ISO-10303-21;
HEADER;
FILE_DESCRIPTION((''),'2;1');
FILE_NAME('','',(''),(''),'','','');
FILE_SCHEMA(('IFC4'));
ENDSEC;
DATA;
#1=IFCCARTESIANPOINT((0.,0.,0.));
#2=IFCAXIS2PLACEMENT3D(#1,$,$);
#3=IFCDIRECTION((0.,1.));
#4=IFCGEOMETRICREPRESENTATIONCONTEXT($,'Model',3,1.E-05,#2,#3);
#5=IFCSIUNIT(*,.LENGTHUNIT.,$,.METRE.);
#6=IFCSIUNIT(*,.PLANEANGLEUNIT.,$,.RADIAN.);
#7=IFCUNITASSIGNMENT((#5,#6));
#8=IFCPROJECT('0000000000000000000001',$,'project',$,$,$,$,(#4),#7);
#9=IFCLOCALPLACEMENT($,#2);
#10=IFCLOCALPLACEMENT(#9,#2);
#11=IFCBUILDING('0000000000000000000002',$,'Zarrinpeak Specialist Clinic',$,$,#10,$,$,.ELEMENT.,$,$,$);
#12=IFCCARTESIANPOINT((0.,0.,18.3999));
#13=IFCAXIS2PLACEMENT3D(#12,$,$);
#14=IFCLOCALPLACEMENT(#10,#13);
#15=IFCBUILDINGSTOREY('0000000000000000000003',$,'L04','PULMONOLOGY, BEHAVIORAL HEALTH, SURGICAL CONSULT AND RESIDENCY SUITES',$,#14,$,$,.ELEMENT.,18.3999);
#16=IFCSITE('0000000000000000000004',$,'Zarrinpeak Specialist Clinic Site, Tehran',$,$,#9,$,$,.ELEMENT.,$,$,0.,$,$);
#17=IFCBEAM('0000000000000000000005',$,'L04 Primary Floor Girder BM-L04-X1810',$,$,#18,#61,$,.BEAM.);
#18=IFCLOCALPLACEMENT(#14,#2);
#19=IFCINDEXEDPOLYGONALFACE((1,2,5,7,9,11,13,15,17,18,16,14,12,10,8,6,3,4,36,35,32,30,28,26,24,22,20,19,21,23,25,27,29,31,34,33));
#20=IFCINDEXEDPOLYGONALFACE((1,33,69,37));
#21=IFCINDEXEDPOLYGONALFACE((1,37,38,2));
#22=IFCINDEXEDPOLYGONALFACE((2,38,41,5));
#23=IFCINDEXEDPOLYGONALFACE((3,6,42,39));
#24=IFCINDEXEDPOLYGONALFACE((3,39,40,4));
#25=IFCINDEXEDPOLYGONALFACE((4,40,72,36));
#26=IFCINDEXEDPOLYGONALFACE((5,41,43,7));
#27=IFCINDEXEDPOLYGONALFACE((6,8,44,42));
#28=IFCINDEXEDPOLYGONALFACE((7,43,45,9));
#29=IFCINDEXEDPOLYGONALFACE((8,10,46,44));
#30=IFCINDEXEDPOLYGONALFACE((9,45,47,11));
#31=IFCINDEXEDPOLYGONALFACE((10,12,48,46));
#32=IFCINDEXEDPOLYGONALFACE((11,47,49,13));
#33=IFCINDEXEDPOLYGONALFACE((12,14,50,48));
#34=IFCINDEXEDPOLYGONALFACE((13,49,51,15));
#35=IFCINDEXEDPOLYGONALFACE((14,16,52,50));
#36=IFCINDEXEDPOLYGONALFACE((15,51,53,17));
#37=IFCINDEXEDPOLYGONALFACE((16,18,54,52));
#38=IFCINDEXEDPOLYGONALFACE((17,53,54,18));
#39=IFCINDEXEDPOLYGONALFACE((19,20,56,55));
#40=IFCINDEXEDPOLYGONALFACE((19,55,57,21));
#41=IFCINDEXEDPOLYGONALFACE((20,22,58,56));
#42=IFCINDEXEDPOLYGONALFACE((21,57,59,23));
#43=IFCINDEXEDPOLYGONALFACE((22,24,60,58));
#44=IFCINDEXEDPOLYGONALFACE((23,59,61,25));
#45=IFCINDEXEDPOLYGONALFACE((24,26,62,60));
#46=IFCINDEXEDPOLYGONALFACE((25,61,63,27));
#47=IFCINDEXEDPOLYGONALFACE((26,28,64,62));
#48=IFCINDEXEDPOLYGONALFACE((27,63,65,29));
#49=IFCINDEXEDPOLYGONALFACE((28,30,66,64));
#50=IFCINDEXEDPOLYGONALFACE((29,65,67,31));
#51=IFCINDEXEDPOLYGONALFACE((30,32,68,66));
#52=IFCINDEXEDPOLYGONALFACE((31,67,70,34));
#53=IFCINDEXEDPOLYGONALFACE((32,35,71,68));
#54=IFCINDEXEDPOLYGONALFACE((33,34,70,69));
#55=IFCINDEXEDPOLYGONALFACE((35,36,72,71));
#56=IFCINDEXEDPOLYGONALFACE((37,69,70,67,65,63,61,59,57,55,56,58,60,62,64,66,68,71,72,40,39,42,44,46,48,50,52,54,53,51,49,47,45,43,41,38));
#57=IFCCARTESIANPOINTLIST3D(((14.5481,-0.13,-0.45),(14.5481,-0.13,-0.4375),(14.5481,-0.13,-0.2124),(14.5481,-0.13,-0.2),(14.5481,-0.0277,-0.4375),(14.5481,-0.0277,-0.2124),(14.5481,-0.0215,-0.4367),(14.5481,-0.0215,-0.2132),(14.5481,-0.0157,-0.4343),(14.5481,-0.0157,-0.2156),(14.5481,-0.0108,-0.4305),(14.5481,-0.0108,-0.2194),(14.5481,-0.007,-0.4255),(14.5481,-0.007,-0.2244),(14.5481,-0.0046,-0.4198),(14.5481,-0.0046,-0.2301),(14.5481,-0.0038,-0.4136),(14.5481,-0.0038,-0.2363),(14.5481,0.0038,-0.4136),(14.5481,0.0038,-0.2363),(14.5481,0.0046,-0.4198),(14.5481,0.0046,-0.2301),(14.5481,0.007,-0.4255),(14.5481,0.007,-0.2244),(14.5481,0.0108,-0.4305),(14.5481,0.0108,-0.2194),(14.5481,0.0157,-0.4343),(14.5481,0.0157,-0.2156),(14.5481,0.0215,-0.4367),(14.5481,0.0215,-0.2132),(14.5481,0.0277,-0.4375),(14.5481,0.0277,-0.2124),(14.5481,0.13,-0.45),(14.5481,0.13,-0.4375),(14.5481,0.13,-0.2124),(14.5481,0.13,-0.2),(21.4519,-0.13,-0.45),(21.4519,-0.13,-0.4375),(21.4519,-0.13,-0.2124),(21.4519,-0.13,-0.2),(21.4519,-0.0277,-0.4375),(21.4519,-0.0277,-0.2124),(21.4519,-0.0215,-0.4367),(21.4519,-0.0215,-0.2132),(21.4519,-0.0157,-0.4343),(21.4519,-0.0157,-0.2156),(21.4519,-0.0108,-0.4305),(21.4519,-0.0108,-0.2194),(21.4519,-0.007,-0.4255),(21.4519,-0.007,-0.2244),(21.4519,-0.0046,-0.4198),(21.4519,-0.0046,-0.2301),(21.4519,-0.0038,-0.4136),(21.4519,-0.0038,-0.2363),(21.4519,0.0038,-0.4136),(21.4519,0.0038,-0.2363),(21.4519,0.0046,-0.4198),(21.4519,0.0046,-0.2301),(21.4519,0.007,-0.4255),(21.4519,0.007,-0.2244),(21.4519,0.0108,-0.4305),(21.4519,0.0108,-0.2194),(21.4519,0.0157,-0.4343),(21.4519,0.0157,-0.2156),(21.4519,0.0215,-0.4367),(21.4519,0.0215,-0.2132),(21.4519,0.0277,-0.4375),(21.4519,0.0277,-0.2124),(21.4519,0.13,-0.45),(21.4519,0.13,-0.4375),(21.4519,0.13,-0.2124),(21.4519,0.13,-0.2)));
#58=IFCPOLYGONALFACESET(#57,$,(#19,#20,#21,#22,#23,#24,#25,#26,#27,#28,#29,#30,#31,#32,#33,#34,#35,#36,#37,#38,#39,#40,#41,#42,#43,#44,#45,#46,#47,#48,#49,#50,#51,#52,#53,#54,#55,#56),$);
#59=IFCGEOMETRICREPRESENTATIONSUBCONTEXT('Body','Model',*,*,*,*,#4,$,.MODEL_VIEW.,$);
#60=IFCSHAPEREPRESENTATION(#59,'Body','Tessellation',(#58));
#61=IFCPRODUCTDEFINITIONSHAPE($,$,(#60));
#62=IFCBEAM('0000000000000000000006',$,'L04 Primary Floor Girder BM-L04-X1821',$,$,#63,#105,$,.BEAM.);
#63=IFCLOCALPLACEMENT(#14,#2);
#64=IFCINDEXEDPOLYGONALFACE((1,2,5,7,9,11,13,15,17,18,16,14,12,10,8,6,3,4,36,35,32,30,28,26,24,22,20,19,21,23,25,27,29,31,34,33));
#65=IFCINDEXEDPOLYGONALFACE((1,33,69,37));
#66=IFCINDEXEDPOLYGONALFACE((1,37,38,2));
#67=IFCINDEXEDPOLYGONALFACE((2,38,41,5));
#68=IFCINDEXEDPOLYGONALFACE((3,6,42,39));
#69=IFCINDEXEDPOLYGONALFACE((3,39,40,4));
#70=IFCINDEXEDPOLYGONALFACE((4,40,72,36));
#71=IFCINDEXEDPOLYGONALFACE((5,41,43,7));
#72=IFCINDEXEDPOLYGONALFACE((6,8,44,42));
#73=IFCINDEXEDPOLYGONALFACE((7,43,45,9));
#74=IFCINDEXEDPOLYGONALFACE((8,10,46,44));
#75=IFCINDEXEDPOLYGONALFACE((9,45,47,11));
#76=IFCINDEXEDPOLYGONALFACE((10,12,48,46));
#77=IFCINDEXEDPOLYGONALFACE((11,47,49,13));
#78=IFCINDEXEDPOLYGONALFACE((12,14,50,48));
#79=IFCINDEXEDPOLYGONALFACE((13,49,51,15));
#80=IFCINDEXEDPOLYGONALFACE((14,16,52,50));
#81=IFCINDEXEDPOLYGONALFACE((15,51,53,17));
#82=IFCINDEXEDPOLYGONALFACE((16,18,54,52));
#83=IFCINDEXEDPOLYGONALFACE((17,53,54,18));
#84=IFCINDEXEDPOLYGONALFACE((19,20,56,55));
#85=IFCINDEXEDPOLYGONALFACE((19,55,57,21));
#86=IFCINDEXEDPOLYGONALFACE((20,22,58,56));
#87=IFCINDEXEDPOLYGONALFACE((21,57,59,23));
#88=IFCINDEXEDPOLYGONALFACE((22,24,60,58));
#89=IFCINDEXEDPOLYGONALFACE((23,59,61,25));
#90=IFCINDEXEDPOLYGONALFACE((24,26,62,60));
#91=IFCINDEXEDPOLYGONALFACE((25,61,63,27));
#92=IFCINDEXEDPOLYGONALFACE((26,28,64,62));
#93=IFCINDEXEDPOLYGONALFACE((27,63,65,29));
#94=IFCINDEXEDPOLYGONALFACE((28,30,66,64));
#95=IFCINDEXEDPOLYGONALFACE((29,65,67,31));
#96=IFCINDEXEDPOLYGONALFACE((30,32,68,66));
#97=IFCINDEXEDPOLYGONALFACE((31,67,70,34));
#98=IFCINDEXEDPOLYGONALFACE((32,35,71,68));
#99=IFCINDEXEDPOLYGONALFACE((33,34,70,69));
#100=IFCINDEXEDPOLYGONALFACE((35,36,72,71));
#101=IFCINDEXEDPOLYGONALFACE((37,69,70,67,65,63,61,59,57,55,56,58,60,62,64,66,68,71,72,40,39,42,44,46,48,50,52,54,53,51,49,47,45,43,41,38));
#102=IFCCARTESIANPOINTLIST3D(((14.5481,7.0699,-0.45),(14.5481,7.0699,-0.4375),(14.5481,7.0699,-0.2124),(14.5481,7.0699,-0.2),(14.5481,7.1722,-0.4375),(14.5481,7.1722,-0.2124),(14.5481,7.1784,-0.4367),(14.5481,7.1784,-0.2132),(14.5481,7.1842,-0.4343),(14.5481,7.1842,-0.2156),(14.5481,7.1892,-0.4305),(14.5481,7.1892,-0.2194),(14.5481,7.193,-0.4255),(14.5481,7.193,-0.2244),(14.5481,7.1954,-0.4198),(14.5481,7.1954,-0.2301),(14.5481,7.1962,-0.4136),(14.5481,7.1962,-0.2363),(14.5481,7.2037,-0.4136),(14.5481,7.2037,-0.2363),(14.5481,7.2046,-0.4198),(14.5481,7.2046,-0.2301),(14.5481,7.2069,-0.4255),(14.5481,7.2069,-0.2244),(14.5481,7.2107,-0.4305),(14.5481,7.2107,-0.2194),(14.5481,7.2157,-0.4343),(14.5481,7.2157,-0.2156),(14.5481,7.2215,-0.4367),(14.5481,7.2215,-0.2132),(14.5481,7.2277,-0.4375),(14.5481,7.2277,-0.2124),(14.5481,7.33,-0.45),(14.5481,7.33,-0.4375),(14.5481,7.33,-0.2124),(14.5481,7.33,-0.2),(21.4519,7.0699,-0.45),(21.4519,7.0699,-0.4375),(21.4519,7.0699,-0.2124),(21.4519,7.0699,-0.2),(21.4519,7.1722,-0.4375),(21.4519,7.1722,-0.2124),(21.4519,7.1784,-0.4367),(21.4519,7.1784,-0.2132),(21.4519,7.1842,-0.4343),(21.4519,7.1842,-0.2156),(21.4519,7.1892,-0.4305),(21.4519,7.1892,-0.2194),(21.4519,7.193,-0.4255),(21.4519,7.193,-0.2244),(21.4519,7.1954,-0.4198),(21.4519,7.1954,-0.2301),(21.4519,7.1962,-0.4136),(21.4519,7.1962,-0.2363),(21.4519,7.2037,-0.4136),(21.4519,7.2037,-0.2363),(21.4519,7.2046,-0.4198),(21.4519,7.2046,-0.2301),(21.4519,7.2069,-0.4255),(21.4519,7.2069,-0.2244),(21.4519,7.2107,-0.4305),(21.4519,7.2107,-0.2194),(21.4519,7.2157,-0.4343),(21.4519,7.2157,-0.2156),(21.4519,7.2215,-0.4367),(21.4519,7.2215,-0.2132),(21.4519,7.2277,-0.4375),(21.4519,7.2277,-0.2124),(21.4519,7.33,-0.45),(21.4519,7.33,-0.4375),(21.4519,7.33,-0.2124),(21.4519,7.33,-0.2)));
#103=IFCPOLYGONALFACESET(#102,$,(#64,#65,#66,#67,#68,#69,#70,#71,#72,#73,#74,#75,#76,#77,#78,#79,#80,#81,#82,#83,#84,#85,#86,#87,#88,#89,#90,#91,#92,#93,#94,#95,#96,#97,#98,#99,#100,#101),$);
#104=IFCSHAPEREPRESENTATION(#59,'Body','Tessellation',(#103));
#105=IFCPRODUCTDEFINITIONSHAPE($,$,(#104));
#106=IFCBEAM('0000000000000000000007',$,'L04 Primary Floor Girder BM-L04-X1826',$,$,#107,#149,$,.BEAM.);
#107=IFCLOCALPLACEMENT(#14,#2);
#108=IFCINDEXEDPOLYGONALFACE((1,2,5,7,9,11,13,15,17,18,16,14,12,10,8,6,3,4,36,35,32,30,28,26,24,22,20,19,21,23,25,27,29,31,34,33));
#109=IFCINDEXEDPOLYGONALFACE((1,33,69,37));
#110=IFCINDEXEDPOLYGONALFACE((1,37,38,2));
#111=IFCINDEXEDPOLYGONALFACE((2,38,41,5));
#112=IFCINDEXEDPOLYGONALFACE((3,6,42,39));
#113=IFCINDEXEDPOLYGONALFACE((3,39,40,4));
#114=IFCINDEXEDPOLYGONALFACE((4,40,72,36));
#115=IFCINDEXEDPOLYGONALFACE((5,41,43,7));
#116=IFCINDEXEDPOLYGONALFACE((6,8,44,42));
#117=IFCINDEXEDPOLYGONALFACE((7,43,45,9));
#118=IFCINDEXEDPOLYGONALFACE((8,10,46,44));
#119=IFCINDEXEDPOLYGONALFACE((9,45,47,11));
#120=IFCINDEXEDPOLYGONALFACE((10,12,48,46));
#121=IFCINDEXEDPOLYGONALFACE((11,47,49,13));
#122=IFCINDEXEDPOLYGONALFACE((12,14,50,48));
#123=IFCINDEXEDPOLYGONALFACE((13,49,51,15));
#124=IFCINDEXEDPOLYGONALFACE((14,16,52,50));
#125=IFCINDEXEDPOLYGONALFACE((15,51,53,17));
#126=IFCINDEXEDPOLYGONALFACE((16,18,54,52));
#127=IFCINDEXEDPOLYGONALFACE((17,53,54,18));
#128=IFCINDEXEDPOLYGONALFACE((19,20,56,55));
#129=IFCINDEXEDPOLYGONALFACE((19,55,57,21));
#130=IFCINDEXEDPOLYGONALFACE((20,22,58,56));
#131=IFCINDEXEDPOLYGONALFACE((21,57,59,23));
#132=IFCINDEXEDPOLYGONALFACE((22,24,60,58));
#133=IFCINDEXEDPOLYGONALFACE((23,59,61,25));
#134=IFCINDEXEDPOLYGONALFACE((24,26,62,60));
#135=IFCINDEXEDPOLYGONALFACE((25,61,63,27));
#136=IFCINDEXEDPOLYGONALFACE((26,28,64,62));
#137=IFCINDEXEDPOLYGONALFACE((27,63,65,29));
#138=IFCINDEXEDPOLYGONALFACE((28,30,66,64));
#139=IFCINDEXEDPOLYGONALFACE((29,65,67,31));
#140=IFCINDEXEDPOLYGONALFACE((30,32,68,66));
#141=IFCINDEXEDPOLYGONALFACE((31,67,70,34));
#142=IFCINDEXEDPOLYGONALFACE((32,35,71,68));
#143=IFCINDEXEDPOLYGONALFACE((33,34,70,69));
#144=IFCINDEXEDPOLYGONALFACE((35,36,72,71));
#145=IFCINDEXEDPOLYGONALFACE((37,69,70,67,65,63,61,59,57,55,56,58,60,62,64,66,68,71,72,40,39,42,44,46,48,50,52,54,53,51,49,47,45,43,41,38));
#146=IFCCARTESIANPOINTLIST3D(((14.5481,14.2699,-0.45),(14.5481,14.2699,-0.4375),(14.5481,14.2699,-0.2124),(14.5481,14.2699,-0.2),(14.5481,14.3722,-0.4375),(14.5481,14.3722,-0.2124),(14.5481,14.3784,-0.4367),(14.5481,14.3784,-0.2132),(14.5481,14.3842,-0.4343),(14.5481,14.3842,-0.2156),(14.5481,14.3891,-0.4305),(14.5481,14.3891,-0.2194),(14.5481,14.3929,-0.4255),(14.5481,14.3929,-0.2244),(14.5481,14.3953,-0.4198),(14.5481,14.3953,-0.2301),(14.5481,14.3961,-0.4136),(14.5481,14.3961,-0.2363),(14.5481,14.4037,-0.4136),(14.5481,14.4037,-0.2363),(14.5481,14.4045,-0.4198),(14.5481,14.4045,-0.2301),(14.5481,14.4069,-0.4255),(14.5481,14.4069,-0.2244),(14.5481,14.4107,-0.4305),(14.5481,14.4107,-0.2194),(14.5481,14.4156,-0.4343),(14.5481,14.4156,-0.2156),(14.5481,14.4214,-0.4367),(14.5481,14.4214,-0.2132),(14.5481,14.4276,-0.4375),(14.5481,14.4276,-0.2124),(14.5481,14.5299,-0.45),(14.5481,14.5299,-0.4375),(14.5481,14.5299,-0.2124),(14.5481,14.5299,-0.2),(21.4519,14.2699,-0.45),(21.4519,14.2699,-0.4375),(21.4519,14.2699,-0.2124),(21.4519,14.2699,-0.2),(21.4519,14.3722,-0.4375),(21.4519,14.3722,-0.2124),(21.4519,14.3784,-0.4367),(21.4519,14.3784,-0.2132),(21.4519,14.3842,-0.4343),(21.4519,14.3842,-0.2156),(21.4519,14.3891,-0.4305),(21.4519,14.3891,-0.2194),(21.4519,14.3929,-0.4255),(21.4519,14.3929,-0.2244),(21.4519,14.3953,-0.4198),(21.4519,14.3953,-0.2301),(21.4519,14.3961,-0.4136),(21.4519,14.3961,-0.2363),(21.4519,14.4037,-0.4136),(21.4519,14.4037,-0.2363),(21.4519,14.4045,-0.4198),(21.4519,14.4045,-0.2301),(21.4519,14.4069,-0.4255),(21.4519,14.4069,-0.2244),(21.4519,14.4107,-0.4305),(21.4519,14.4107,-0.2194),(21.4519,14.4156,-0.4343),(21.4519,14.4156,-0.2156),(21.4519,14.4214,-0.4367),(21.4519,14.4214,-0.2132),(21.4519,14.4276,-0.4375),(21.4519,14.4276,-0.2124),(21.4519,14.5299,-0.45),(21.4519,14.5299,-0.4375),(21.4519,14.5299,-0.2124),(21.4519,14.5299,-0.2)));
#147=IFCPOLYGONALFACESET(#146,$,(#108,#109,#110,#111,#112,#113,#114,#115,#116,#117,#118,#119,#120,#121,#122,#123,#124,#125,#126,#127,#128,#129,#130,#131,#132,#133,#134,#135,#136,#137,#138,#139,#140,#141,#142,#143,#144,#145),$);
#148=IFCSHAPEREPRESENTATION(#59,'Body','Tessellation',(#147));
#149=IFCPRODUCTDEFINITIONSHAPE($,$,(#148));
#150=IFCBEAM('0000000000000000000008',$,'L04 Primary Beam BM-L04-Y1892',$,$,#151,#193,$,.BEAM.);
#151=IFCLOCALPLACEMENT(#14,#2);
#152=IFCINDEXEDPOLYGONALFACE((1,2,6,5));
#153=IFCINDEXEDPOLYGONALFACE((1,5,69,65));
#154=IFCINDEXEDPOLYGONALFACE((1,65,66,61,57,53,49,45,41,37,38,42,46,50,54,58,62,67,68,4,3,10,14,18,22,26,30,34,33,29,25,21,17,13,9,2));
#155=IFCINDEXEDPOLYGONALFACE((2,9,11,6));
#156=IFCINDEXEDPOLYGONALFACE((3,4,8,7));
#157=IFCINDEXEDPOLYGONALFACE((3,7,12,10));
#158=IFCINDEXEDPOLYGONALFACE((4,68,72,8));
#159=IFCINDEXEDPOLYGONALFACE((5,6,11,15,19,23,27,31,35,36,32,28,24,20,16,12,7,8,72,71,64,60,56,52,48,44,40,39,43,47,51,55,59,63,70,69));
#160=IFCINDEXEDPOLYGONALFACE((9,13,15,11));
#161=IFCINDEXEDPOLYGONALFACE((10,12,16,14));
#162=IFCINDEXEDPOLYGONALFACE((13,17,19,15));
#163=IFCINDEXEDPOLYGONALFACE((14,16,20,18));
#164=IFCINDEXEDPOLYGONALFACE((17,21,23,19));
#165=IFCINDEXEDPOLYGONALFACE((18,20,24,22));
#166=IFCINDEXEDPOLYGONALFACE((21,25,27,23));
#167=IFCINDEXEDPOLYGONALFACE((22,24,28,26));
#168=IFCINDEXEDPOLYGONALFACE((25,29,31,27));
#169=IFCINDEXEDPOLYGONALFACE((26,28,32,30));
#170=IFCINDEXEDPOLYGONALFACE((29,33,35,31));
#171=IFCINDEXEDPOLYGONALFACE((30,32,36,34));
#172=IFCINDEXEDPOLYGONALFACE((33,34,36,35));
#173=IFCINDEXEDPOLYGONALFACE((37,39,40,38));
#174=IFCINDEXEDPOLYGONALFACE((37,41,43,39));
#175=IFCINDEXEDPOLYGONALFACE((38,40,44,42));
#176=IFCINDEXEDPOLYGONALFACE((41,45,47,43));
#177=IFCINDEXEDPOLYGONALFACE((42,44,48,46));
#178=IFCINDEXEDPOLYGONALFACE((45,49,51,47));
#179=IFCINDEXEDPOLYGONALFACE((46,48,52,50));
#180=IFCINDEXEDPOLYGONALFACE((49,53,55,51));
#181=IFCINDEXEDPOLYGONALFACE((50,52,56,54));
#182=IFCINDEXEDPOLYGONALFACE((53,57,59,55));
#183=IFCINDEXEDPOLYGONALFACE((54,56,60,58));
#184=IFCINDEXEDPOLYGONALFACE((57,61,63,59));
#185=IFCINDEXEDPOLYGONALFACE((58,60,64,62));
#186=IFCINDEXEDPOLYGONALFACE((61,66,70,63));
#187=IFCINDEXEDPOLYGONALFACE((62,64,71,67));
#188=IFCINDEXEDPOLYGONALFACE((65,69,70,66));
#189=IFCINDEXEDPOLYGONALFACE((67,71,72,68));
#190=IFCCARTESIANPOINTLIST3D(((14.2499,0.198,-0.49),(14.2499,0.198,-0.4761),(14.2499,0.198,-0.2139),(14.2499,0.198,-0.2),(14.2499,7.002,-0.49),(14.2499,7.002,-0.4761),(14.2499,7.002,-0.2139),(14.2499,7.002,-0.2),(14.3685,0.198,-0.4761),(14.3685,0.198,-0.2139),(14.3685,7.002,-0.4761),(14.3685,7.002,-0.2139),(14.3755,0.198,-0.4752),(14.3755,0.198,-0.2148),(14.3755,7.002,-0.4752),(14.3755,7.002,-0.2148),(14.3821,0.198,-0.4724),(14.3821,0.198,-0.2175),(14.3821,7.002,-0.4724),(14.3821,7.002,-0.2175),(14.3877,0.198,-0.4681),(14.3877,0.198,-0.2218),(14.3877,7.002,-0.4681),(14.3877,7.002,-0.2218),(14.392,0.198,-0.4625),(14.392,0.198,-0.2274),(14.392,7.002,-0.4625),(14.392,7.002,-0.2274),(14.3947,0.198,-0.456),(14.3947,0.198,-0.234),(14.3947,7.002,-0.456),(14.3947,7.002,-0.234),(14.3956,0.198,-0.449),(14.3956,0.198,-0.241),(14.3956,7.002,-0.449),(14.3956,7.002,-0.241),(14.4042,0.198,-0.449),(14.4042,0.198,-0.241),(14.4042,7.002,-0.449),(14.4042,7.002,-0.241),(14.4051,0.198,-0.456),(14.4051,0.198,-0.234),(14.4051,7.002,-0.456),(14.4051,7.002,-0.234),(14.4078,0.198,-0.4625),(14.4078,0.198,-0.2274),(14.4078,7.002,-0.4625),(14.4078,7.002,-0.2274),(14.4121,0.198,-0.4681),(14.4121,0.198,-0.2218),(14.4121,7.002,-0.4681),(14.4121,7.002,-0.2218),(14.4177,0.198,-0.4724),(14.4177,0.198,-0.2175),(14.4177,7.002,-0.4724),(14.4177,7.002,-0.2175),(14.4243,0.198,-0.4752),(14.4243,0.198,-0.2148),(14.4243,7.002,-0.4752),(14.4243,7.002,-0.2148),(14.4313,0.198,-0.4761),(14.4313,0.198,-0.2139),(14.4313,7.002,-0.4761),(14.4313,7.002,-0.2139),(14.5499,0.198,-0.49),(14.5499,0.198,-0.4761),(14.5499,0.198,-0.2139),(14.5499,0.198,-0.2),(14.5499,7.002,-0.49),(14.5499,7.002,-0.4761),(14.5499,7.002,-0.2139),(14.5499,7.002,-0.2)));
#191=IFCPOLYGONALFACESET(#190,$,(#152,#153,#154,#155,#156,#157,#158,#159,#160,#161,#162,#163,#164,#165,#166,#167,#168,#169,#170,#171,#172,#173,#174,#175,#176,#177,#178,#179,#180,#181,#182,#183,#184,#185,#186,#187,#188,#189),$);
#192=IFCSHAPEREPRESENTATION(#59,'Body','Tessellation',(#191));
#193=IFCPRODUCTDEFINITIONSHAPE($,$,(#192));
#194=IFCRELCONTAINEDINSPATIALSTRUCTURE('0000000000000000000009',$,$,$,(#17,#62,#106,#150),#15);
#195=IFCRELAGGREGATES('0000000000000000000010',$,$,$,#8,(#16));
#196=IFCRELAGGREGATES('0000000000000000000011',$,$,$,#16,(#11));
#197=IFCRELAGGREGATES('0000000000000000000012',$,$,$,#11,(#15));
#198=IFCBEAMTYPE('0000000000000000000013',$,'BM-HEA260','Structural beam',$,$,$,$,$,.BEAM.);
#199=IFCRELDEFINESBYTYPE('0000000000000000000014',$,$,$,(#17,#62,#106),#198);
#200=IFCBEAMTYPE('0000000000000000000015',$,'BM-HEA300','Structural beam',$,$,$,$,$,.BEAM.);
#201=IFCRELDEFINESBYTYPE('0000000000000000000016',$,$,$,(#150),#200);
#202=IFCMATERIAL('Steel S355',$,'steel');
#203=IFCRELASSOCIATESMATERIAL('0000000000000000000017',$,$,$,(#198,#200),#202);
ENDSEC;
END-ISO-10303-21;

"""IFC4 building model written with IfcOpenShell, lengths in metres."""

from ifc_helpers import new_model, si_unit, direction, frame, origin, origin_2d, place, context, subcontext, project, spatial, i_section, extrude, material, material_profile, profile_set, type_object, element, save


model = new_model("IFC4")

# Units and contexts
model_context = context("Model", 3, precision=1e-05, world=origin(), true_north=direction((0.0, 1.0)))
body_context = subcontext(model_context, "Body", "Model", "MODEL_VIEW")
ifc_project = project(units=[si_unit("LENGTHUNIT", "METRE"), si_unit("PLANEANGLEUNIT", "RADIAN")], contexts=[model_context])

# Site, building, storey
site_placement = place(None, origin())
site = spatial("IfcSite", under=ifc_project, at=site_placement, Name="Zarrinpeak Specialist Clinic Site, Tehran", CompositionType="ELEMENT", RefElevation=0.0)
building_placement = place(site_placement, origin())
building = spatial("IfcBuilding", under=site, at=building_placement, Name="Zarrinpeak Specialist Clinic", CompositionType="ELEMENT")
storey_placement = place(building_placement, frame((0.0, 0.0, 18.3999)))
storey = spatial("IfcBuildingStorey", under=building, at=storey_placement, Name="L04", Description="PULMONOLOGY, BEHAVIORAL HEALTH, SURGICAL CONSULT AND RESIDENCY SUITES", CompositionType="ELEMENT", Elevation=18.3999)

# Shared definitions
ifc_material_1 = material(Name="Steel S355", Category="steel")

# Beams
ifc_material_profile_1 = material_profile(ifc_material_1, i_section(OverallWidth=0.26, OverallDepth=0.25, WebThickness=0.0076, FlangeThickness=0.0125, FilletRadius=0.0239, at=origin_2d()), Name="HEA 260")
ifc_profile_set_1 = profile_set([ifc_material_profile_1], Name="Steel S355")
beam_type_1 = type_object("IfcBeamType", Name="BM-HEA260", Description="Structural beam", PredefinedType="BEAM", material=ifc_profile_set_1)
for number, where, z_axis, x_axis, name in (
    (1, (14.5481, 0.0, -0.325), (1.0, 0.0, 0.0), (0.0, 1.0, 0.0), "L04 Primary Floor Girder BM-L04-X1810"),
    (2, (14.5481, 7.2, -0.325), (1.0, 0.0, 0.0), (0.0, 1.0, 0.0), "L04 Primary Floor Girder BM-L04-X1821"),
    (3, (14.5481, 14.3999, -0.325), (1.0, 0.0, 0.0), (0.0, 1.0, 0.0), "L04 Primary Floor Girder BM-L04-X1826"),
):
    element("IfcBeam", number, at=place(storey_placement, frame(where, z_axis=z_axis, x_axis=x_axis)), inside=storey, type_object=beam_type_1, Name=name, PredefinedType="BEAM", context=body_context, shape_type="SweptSolid", body=[
        extrude(i_section(OverallWidth=0.26, OverallDepth=0.25, WebThickness=0.0076, FlangeThickness=0.0125, FilletRadius=0.0239, at=origin_2d()), origin(), (0.0, 0.0, 1.0), 6.9038),
    ])
ifc_material_profile_2 = material_profile(ifc_material_1, i_section(OverallWidth=0.3, OverallDepth=0.29, WebThickness=0.0085, FlangeThickness=0.0139, FilletRadius=0.0271, at=origin_2d()), Name="HEA 300")
ifc_profile_set_2 = profile_set([ifc_material_profile_2], Name="Steel S355")
beam_type_2 = type_object("IfcBeamType", Name="BM-HEA300", Description="Structural beam", PredefinedType="BEAM", material=ifc_profile_set_2)
for number, where, z_axis, x_axis, name in (
    (4, (14.3999, 0.198, -0.345), (0.0, 1.0, 0.0), (-1.0, 0.0, 0.0), "L04 Primary Beam BM-L04-Y1892"),
):
    element("IfcBeam", number, at=place(storey_placement, frame(where, z_axis=z_axis, x_axis=x_axis)), inside=storey, type_object=beam_type_2, Name=name, PredefinedType="BEAM", context=body_context, shape_type="SweptSolid", body=[
        extrude(i_section(OverallWidth=0.3, OverallDepth=0.29, WebThickness=0.0085, FlangeThickness=0.0139, FilletRadius=0.0271, at=origin_2d()), origin(), (0.0, 0.0, 1.0), 6.804),
    ])

save(model, "model.ifc")
